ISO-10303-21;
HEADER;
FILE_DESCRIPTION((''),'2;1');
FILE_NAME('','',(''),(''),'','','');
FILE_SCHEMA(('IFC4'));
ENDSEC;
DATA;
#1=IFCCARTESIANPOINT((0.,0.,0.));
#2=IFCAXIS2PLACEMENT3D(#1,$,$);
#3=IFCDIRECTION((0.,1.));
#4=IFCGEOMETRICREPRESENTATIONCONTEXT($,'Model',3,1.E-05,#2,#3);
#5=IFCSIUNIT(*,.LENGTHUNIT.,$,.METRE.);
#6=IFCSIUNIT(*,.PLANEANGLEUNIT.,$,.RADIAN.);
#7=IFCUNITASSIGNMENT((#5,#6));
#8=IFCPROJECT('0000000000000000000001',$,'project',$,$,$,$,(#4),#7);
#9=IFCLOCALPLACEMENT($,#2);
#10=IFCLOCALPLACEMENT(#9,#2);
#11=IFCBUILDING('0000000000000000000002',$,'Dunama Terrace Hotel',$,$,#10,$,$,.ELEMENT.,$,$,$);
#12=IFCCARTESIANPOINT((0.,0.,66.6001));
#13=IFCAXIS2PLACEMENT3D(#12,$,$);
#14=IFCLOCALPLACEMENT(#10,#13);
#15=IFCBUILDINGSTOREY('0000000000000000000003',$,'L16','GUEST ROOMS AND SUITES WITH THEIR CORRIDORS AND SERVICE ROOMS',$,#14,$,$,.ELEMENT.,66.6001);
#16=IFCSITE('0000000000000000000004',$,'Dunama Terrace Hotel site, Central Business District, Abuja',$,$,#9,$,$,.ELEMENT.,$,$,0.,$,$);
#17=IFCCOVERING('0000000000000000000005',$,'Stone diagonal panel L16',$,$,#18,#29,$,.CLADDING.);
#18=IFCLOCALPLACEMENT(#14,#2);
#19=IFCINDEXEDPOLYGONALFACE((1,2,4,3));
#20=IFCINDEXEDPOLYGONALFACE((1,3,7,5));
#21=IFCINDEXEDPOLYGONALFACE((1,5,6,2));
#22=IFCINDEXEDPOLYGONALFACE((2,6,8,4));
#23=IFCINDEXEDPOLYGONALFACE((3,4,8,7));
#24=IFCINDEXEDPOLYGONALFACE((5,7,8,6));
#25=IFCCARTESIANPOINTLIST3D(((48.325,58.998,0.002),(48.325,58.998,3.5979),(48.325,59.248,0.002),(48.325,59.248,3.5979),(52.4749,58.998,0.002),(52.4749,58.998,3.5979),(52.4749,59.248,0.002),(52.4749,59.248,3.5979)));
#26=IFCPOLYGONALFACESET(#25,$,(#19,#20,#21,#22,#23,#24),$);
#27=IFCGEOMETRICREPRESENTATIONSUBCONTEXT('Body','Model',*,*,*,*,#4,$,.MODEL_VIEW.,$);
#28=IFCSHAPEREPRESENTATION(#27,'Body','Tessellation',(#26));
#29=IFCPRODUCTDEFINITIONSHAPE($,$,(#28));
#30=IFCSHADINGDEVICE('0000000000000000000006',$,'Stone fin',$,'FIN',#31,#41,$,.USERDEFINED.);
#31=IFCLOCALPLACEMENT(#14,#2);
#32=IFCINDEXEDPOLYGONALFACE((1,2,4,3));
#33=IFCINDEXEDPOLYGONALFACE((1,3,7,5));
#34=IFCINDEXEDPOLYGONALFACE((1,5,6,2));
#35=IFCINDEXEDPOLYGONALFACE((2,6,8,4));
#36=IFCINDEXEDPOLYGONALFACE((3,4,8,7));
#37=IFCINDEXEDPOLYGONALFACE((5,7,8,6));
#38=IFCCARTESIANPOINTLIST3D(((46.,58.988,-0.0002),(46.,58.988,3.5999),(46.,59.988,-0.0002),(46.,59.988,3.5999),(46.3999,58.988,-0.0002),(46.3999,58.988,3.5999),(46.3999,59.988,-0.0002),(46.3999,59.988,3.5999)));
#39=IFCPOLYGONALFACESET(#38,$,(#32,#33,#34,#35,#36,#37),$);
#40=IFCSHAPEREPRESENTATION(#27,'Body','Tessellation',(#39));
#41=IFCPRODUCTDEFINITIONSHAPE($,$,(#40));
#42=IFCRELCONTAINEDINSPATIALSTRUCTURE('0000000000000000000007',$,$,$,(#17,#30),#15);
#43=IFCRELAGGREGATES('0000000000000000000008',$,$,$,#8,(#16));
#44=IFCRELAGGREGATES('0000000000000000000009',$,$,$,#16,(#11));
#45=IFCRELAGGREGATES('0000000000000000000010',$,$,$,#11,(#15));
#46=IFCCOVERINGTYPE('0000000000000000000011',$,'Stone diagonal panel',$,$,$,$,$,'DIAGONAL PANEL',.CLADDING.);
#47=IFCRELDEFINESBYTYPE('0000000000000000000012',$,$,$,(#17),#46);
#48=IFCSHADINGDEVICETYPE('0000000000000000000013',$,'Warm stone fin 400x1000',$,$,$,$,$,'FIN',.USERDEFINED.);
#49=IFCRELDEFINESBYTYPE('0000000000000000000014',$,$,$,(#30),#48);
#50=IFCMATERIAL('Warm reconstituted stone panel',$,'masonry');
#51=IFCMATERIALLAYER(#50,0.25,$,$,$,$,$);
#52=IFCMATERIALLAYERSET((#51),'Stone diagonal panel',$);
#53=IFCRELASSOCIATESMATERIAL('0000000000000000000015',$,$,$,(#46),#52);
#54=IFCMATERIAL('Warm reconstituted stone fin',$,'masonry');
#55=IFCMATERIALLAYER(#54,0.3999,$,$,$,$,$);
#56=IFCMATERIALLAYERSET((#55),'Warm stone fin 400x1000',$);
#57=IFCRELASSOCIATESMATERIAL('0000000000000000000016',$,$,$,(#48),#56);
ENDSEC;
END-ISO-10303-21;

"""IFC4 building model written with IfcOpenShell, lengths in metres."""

from ifc_helpers import new_model, si_unit, direction, frame, origin, origin_2d, place, context, subcontext, project, spatial, rectangle, extrude, material, layer, layer_set, type_object, element, save


model = new_model("IFC4")

# Units and contexts
model_context = context("Model", 3, precision=1e-05, world=origin(), true_north=direction((0.0, 1.0)))
body_context = subcontext(model_context, "Body", "Model", "MODEL_VIEW")
ifc_project = project(units=[si_unit("LENGTHUNIT", "METRE"), si_unit("PLANEANGLEUNIT", "RADIAN")], contexts=[model_context])

# Site, building, storey
site_placement = place(None, origin())
site = spatial("IfcSite", under=ifc_project, at=site_placement, Name="Dunama Terrace Hotel site, Central Business District, Abuja", CompositionType="ELEMENT", RefElevation=0.0)
building_placement = place(site_placement, origin())
building = spatial("IfcBuilding", under=site, at=building_placement, Name="Dunama Terrace Hotel", CompositionType="ELEMENT")
storey_placement = place(building_placement, frame((0.0, 0.0, 66.6001)))
storey = spatial("IfcBuildingStorey", under=building, at=storey_placement, Name="L16", Description="GUEST ROOMS AND SUITES WITH THEIR CORRIDORS AND SERVICE ROOMS", CompositionType="ELEMENT", Elevation=66.6001)

# Covering
ifc_material_1 = material(Name="Warm reconstituted stone panel", Category="masonry")
ifc_layer_1 = layer(ifc_material_1, 0.25)
ifc_layer_set_1 = layer_set([ifc_layer_1], Name="Stone diagonal panel")
covering_type = type_object("IfcCoveringType", Name="Stone diagonal panel", ElementType="DIAGONAL PANEL", PredefinedType="CLADDING", material=ifc_layer_set_1)
covering_1_placement = place(storey_placement, frame((50.3999, 59.123, 0.002), z_axis=(0.0, 0.0, 1.0), x_axis=(-1.0, 0.0, 0.0)))
element("IfcCovering", 1, at=covering_1_placement, inside=storey, type_object=covering_type, Name="Stone diagonal panel L16", PredefinedType="CLADDING", context=body_context, shape_type="SweptSolid", body=[
    extrude(rectangle(XDim=4.1499, YDim=0.25, at=origin_2d()), origin(), (0.0, 0.0, 1.0), 3.5959),
])

# Shading device
ifc_material_2 = material(Name="Warm reconstituted stone fin", Category="masonry")
ifc_layer_2 = layer(ifc_material_2, 0.3999)
ifc_layer_set_2 = layer_set([ifc_layer_2], Name="Warm stone fin 400x1000")
shading_device_type = type_object("IfcShadingDeviceType", Name="Warm stone fin 400x1000", ElementType="FIN", PredefinedType="USERDEFINED", material=ifc_layer_set_2)
shading_device_placement = place(storey_placement, frame((46.2, 59.488, -0.0002), z_axis=(0.0, 0.0, 1.0), x_axis=(-1.0, 0.0, 0.0)))
element("IfcShadingDevice", 2, at=shading_device_placement, inside=storey, type_object=shading_device_type, Name="Stone fin", ObjectType="FIN", PredefinedType="USERDEFINED", context=body_context, shape_type="SweptSolid", body=[
    extrude(rectangle(XDim=0.3999, YDim=1.0, at=origin_2d()), origin(), (0.0, 0.0, 1.0), 3.6001),
])

save(model, "model.ifc")
